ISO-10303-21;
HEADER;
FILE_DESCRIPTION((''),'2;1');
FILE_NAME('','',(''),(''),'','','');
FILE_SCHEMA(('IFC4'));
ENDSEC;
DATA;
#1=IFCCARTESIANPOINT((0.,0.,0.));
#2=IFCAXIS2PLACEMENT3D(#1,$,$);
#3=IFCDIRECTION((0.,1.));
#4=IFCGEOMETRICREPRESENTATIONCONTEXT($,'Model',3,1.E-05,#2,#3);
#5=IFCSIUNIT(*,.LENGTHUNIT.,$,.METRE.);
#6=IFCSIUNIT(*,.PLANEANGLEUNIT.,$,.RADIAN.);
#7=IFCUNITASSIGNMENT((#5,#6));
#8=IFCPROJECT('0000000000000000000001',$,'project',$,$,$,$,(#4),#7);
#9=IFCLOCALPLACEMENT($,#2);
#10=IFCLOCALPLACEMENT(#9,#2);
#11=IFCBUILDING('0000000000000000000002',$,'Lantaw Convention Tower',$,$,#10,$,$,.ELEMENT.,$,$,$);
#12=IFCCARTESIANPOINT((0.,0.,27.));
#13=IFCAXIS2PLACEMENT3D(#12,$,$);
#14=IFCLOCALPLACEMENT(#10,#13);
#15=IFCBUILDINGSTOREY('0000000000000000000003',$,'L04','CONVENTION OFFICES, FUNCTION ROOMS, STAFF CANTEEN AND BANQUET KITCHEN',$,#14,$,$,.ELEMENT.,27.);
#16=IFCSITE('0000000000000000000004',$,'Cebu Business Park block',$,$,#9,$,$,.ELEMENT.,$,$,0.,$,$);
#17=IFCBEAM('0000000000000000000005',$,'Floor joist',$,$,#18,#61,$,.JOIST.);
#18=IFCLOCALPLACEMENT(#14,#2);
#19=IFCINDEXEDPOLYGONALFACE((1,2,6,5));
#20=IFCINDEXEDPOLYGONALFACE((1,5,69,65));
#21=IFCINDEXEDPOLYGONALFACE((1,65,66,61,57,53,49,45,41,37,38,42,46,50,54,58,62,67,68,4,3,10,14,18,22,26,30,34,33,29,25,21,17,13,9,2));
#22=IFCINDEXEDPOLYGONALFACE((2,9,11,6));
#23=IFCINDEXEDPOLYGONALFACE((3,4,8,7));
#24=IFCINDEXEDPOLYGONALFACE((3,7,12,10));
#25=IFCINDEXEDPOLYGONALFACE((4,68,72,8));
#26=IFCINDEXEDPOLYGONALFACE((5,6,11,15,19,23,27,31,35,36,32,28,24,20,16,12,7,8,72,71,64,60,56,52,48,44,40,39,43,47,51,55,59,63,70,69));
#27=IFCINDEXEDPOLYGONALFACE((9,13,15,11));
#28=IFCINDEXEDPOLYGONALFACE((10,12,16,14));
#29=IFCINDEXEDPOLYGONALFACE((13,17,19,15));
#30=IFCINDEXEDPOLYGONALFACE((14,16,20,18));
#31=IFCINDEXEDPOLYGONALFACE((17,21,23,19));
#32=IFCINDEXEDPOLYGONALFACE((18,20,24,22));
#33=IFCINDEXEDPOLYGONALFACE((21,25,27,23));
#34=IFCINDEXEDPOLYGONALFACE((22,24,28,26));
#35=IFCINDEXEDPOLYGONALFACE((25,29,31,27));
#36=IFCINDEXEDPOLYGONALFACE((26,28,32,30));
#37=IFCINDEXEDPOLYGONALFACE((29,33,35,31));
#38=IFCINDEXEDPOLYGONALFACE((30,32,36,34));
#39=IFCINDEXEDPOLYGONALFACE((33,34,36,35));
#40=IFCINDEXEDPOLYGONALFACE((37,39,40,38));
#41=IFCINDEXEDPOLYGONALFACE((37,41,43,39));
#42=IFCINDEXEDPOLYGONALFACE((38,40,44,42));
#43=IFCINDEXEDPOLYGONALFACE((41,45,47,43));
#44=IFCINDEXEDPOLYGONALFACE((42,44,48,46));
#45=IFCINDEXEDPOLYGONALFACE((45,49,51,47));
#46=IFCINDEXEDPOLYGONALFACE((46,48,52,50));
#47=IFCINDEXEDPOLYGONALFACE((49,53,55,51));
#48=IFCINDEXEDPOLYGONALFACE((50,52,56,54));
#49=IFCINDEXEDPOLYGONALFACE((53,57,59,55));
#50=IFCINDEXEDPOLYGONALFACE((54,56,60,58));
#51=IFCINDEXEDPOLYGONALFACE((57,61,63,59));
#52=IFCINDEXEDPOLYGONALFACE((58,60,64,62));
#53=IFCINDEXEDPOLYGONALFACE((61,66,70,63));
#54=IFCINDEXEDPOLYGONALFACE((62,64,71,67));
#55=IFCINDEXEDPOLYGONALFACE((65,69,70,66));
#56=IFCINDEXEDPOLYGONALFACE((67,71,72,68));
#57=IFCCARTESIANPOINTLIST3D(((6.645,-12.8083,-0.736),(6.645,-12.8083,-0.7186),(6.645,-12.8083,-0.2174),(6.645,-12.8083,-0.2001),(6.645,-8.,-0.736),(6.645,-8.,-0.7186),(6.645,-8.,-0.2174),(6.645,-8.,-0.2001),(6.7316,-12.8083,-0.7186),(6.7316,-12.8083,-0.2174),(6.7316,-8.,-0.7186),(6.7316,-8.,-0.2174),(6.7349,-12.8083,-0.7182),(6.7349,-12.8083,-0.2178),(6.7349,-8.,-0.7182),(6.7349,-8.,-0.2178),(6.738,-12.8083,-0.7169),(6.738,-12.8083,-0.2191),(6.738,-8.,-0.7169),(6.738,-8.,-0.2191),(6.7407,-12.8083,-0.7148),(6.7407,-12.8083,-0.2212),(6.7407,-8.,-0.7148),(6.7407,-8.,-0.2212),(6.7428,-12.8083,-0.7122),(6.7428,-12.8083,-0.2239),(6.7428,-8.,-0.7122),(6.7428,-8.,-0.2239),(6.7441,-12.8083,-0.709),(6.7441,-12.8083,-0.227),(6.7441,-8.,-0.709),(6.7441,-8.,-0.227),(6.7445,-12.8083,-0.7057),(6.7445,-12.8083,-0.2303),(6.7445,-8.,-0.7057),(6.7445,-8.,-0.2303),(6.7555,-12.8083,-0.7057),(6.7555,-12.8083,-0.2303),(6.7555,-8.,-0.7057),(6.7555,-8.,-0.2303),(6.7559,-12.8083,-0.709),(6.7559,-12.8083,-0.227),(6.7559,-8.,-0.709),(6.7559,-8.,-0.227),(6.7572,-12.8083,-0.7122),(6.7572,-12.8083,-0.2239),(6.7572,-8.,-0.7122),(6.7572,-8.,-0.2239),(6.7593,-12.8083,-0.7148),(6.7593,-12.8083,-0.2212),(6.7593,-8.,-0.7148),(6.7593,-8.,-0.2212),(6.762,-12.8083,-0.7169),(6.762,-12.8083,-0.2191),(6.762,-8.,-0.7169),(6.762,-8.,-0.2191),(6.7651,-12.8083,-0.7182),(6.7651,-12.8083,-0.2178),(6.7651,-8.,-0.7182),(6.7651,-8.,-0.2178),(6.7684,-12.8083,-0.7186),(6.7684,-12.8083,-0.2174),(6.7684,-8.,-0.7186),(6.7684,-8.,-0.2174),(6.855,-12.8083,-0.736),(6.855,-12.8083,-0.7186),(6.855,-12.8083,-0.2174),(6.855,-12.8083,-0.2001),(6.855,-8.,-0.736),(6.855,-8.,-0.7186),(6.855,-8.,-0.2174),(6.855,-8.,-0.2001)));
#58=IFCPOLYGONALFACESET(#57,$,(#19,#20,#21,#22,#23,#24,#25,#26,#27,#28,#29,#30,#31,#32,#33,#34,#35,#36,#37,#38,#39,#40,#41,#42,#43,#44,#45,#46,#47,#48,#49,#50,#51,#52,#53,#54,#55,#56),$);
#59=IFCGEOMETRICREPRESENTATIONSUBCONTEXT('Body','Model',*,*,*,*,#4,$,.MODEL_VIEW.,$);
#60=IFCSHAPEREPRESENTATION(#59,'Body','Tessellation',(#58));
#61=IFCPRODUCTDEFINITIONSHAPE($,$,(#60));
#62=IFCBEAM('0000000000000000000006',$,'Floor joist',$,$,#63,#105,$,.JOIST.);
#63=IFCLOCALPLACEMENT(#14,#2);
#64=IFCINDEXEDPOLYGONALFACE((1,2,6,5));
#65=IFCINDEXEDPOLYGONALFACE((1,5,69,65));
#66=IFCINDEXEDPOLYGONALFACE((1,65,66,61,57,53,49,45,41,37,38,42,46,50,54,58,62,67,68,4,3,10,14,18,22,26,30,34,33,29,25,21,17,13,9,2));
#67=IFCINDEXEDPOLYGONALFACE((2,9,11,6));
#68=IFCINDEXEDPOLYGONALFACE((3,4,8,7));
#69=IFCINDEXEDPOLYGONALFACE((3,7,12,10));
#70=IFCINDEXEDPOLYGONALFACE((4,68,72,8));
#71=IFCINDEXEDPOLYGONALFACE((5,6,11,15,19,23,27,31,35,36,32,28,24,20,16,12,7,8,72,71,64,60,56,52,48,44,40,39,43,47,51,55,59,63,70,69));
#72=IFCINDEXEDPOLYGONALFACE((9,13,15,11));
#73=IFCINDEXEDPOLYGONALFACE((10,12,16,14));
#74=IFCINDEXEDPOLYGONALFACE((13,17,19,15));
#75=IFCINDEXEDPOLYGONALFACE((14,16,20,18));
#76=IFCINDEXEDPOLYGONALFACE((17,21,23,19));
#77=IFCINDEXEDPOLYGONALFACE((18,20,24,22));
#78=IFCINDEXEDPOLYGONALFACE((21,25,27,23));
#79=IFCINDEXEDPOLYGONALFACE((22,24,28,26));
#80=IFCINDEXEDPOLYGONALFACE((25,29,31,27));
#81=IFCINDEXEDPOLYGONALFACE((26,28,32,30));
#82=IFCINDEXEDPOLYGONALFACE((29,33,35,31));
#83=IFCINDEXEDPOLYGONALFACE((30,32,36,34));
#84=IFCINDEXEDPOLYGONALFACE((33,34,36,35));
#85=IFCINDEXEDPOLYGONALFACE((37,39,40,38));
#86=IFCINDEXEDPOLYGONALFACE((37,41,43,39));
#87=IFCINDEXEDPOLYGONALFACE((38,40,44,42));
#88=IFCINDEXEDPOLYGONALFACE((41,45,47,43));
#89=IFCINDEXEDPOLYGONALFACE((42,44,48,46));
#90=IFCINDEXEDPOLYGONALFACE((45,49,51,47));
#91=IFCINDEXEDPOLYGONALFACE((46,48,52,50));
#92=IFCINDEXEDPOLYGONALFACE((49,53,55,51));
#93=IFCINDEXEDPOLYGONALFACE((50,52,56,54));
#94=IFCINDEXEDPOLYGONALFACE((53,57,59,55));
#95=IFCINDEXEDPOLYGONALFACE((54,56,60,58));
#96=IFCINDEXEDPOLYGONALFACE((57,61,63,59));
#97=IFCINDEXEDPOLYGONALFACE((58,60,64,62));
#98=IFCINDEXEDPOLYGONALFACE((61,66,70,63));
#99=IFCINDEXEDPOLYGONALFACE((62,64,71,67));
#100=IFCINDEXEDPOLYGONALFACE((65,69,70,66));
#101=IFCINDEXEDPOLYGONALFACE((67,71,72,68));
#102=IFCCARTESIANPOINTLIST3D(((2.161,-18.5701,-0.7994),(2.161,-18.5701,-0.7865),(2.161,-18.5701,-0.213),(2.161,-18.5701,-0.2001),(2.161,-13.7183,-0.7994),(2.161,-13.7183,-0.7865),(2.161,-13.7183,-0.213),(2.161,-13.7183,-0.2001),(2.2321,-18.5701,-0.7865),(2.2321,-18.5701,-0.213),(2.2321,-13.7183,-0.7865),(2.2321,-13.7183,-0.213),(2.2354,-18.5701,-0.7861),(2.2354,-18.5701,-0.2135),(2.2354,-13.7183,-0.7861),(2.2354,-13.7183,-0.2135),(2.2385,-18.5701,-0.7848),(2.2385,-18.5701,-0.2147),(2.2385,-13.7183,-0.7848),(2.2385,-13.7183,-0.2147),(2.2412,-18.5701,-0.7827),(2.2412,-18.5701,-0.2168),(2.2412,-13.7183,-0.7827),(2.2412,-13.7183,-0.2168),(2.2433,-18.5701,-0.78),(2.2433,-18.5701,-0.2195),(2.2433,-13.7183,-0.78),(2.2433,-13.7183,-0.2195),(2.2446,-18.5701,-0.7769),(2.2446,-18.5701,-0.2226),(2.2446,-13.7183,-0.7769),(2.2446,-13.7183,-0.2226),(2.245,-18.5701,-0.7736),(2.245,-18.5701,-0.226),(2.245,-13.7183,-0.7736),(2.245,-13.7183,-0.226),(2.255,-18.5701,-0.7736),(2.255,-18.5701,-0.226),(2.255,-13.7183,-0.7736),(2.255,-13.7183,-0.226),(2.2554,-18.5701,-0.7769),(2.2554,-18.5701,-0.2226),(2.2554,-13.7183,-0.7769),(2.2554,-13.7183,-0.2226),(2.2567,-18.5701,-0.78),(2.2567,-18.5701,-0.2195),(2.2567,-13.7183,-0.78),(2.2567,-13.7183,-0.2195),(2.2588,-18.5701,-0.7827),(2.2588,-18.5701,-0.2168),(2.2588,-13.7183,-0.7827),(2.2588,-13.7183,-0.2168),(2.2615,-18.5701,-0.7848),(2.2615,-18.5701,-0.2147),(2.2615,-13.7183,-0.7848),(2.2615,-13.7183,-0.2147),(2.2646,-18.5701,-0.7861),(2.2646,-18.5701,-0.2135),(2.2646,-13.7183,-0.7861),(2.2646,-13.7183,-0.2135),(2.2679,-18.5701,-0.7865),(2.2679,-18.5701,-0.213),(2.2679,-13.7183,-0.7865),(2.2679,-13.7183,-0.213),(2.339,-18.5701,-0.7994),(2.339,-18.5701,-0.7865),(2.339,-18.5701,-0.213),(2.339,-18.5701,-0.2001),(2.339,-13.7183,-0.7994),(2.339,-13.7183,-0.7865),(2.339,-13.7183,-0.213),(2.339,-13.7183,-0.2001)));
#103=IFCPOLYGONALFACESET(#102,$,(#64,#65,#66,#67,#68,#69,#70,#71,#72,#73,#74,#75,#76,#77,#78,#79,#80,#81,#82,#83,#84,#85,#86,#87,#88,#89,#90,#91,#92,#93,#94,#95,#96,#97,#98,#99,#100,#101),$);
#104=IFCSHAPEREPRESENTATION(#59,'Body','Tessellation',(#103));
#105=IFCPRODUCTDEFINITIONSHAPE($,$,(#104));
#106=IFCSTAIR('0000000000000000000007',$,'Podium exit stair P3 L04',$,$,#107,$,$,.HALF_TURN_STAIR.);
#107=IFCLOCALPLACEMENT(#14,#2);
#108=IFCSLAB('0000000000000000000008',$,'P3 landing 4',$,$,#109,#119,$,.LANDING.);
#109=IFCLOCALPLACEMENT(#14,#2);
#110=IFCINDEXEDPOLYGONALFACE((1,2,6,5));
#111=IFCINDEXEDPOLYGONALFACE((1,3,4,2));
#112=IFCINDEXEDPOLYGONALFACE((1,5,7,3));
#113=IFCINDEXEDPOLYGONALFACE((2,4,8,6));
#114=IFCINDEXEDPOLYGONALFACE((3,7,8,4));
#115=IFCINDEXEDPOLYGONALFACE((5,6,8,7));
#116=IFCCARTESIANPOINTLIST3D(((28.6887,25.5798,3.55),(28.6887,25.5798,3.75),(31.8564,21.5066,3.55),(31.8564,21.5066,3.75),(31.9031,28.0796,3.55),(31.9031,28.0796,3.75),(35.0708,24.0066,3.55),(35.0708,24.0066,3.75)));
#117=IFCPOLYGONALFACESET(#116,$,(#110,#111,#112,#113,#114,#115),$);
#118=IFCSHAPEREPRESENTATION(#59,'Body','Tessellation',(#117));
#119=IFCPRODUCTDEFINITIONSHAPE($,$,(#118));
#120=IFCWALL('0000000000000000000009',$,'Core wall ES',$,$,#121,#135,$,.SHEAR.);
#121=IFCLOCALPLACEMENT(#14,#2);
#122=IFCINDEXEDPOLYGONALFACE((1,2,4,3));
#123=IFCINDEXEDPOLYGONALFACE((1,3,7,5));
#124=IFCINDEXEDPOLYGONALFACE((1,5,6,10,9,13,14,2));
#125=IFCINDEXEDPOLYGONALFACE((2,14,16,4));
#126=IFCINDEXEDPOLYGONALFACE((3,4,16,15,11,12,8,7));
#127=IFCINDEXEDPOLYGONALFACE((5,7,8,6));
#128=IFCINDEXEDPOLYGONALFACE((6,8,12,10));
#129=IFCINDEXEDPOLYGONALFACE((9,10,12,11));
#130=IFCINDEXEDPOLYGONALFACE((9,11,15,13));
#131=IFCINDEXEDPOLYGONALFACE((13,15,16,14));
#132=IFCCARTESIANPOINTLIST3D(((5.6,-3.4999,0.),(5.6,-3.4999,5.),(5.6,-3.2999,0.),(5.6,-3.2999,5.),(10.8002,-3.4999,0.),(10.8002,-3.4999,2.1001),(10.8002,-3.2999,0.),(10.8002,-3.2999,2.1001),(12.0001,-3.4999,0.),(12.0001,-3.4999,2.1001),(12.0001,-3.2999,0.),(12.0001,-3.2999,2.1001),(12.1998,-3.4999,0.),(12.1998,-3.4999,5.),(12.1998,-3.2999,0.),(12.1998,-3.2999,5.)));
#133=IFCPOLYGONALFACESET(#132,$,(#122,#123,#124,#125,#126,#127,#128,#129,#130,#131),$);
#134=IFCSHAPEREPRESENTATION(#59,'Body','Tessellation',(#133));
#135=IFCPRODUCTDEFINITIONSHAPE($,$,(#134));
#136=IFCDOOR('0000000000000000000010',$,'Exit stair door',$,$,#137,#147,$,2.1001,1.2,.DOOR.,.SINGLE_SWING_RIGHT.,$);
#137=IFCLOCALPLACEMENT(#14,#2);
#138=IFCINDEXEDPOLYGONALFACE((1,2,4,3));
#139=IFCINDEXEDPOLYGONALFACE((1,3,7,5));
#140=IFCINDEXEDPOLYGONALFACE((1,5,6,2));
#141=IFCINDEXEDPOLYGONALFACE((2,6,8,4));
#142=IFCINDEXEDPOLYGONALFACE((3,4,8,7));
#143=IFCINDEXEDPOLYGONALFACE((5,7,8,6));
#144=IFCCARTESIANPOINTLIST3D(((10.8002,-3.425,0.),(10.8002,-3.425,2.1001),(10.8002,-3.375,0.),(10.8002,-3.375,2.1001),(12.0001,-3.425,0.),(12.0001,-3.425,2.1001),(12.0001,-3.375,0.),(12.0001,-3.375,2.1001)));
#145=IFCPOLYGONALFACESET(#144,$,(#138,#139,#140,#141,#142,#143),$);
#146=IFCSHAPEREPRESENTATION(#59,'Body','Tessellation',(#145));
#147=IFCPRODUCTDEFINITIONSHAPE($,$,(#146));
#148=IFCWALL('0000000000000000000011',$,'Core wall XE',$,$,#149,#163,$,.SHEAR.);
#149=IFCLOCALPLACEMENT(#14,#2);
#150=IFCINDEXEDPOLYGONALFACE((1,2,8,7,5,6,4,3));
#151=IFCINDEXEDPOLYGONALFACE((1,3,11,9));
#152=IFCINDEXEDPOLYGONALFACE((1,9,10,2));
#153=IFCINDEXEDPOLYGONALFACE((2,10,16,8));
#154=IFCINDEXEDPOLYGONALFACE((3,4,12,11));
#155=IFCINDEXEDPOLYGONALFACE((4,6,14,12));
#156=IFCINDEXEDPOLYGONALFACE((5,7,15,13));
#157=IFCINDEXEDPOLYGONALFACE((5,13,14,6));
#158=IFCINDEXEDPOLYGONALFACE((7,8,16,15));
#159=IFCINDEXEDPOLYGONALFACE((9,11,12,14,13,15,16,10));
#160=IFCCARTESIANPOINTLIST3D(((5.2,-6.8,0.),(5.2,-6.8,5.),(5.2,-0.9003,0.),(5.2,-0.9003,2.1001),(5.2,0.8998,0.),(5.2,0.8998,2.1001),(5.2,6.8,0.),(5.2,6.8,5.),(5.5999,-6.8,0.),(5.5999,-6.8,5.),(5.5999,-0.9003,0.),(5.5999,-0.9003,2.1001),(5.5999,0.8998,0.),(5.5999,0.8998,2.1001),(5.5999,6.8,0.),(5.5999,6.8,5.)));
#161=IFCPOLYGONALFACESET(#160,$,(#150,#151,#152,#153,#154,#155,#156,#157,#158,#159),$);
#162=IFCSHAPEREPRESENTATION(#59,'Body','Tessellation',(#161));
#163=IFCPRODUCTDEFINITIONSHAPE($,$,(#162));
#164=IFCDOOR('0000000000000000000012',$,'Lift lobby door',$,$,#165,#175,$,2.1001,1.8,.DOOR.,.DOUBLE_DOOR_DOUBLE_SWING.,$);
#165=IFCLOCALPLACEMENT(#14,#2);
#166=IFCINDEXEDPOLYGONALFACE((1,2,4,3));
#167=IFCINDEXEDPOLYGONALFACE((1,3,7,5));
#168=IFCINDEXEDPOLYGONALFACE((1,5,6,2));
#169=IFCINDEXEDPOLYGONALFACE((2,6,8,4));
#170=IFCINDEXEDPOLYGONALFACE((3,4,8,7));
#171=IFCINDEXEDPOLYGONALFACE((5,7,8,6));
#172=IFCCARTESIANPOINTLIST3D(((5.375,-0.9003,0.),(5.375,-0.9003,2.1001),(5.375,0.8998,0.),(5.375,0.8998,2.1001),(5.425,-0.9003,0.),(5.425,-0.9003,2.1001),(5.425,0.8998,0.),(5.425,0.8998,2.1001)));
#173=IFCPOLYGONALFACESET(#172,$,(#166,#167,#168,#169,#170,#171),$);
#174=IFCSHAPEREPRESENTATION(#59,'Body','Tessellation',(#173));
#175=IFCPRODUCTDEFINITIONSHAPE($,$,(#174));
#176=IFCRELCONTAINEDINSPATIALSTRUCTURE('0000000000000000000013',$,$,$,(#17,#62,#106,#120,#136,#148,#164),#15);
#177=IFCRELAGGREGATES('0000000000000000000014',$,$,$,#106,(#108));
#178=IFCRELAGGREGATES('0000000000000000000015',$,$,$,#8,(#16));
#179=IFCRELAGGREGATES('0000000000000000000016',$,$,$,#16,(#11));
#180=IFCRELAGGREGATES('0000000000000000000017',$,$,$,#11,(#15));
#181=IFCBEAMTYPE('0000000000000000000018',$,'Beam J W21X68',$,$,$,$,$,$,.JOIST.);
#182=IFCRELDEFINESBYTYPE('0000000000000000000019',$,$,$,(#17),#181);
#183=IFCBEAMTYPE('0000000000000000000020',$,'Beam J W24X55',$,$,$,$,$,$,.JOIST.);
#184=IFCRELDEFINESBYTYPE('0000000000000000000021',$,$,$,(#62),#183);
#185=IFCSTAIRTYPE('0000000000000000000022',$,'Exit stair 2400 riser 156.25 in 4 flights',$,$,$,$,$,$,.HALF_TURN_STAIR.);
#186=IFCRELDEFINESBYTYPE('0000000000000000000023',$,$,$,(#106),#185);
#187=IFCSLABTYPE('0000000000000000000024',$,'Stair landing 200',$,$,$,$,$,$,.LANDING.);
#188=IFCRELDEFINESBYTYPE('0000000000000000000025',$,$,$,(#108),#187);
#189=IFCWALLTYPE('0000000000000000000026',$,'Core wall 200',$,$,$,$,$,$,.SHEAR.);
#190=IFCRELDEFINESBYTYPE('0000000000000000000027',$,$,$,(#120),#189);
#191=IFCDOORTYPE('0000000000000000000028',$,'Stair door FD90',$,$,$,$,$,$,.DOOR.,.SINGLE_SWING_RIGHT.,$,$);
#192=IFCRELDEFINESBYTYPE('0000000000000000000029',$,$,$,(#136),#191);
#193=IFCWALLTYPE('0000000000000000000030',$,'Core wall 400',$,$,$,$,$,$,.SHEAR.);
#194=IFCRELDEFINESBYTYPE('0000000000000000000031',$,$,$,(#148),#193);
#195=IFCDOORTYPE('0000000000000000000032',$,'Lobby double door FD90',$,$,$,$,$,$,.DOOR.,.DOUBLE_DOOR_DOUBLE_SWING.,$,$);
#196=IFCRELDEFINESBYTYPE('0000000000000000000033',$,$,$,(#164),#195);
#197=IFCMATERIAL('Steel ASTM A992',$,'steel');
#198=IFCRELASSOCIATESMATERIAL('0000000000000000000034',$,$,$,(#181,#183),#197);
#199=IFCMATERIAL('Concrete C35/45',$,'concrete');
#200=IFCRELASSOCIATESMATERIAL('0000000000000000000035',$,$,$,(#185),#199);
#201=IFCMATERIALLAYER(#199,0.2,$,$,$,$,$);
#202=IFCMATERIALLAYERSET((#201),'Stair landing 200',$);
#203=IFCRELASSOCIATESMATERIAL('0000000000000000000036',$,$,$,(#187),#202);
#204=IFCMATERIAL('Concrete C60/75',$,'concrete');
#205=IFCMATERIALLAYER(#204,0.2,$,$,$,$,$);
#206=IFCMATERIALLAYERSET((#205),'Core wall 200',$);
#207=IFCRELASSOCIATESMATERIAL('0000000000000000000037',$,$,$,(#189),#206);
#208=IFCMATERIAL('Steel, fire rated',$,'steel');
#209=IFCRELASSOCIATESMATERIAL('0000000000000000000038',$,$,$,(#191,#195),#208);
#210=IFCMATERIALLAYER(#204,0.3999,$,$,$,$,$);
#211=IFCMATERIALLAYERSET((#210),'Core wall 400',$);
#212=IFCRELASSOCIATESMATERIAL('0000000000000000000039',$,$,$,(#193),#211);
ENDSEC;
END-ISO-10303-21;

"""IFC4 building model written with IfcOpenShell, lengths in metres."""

from ifc_helpers import new_model, si_unit, direction, frame, frame_2d, origin, origin_2d, place, context, subcontext, project, spatial, polyline, rectangle, i_section, outline, extrude, material, layer, layer_set, material_profile, profile_set, type_object, element, fill, aggregate, save


model = new_model("IFC4")

# Units and contexts
model_context = context("Model", 3, precision=1e-05, world=origin(), true_north=direction((0.0, 1.0)))
body_context = subcontext(model_context, "Body", "Model", "MODEL_VIEW")
ifc_project = project(units=[si_unit("LENGTHUNIT", "METRE"), si_unit("PLANEANGLEUNIT", "RADIAN")], contexts=[model_context])

# Site, building, storey
site_placement = place(None, origin())
site = spatial("IfcSite", under=ifc_project, at=site_placement, Name="Cebu Business Park block", CompositionType="ELEMENT", RefElevation=0.0)
building_placement = place(site_placement, origin())
building = spatial("IfcBuilding", under=site, at=building_placement, Name="Lantaw Convention Tower", CompositionType="ELEMENT")
storey_placement = place(building_placement, frame((0.0, 0.0, 27.0)))
storey = spatial("IfcBuildingStorey", under=building, at=storey_placement, Name="L04", Description="CONVENTION OFFICES, FUNCTION ROOMS, STAFF CANTEEN AND BANQUET KITCHEN", CompositionType="ELEMENT", Elevation=27.0)

# Beams
ifc_material_1 = material(Name="Steel ASTM A992", Category="steel")
ifc_material_profile_1 = material_profile(ifc_material_1, i_section(OverallWidth=0.21, OverallDepth=0.5359, WebThickness=0.011, FlangeThickness=0.0173, FilletRadius=0.0129, at=origin_2d()), Name="W21X68")
ifc_profile_set_1 = profile_set([ifc_material_profile_1], Name="Steel ASTM A992")
beam_type_1 = type_object("IfcBeamType", Name="Beam J W21X68", PredefinedType="JOIST", material=ifc_profile_set_1)
beam_1_placement = place(storey_placement, frame((6.75, -12.8083, -0.468), z_axis=(0.0, 1.0, 0.0), x_axis=(-1.0, 0.0, 0.0)))
element("IfcBeam", 1, at=beam_1_placement, inside=storey, type_object=beam_type_1, Name="Floor joist", PredefinedType="JOIST", context=body_context, shape_type="SweptSolid", body=[
    extrude(i_section(OverallWidth=0.21, OverallDepth=0.5359, WebThickness=0.011, FlangeThickness=0.0173, FilletRadius=0.0129, at=origin_2d()), origin(), (0.0, 0.0, 1.0), 4.8083),
])
ifc_material_profile_2 = material_profile(ifc_material_1, i_section(OverallWidth=0.178, OverallDepth=0.5994, WebThickness=0.01, FlangeThickness=0.0129, FilletRadius=0.0129, at=origin_2d()), Name="W24X55")
ifc_profile_set_2 = profile_set([ifc_material_profile_2], Name="Steel ASTM A992")
beam_type_2 = type_object("IfcBeamType", Name="Beam J W24X55", PredefinedType="JOIST", material=ifc_profile_set_2)
beam_2_placement = place(storey_placement, frame((2.25, -18.5701, -0.4998), z_axis=(0.0, 1.0, 0.0), x_axis=(-1.0, 0.0, 0.0)))
element("IfcBeam", 2, at=beam_2_placement, inside=storey, type_object=beam_type_2, Name="Floor joist", PredefinedType="JOIST", context=body_context, shape_type="SweptSolid", body=[
    extrude(i_section(OverallWidth=0.178, OverallDepth=0.5994, WebThickness=0.01, FlangeThickness=0.0129, FilletRadius=0.0129, at=origin_2d()), origin(), (0.0, 0.0, 1.0), 4.8518),
])

# Stair, slab
ifc_material_2 = material(Name="Concrete C35/45", Category="concrete")
stair_type = type_object("IfcStairType", Name="Exit stair 2400 riser 156.25 in 4 flights", PredefinedType="HALF_TURN_STAIR", material=ifc_material_2)
stair_placement = place(storey_placement, origin())
stair = element("IfcStair", 3, at=stair_placement, inside=storey, type_object=stair_type, Name="Podium exit stair P3 L04", PredefinedType="HALF_TURN_STAIR")
ifc_layer_1 = layer(ifc_material_2, 0.2)
ifc_layer_set_1 = layer_set([ifc_layer_1], Name="Stair landing 200")
slab_type = type_object("IfcSlabType", Name="Stair landing 200", PredefinedType="LANDING", material=ifc_layer_set_1)
slab_placement = place(storey_placement, frame((0.0, 0.0, 3.55)))
slab = element("IfcSlab", 4, at=slab_placement, type_object=slab_type, Name="P3 landing 4", PredefinedType="LANDING", context=body_context, shape_type="SweptSolid", body=[
    extrude(outline(polyline([(31.8564, 21.5066), (35.0708, 24.0066), (31.9031, 28.0796), (28.6887, 25.5798), (31.8564, 21.5066)])), origin(), (0.0, 0.0, 1.0), 0.2),
])
aggregate(stair, [slab])

# Walls, openings, doors
ifc_material_3 = material(Name="Concrete C60/75", Category="concrete")
ifc_layer_2 = layer(ifc_material_3, 0.2)
ifc_layer_set_2 = layer_set([ifc_layer_2], Name="Core wall 200")
wall_type_1 = type_object("IfcWallType", Name="Core wall 200", PredefinedType="SHEAR", material=ifc_layer_set_2)
wall_1_placement = place(storey_placement, frame((5.6001, -3.3999, 0.0), z_axis=(0.0, 0.0, 1.0), x_axis=(1.0, 0.0, 0.0)))
wall_1 = element("IfcWall", 5, at=wall_1_placement, inside=storey, type_object=wall_type_1, Name="Core wall ES", PredefinedType="SHEAR", context=body_context, shape_type="SweptSolid", body=[
    extrude(rectangle(XDim=6.5999, YDim=0.2, at=frame_2d((3.2998, 0.0))), origin(), (0.0, 0.0, 1.0), 5.0),
])
opening_1_placement = place(wall_1_placement, frame((5.2, 0.0, 0.0)))
opening_1 = element("IfcOpeningElement", 6, at=opening_1_placement, cuts=wall_1, PredefinedType="OPENING", context=body_context, shape_type="SweptSolid", body=[
    extrude(rectangle(XDim=1.2, YDim=2.1001, at=frame_2d((0.6001, 1.05))), frame((0.0, 0.1099, 0.0), z_axis=(0.0, -1.0, 0.0), x_axis=(1.0, 0.0, 0.0)), (0.0, 0.0, 1.0), 0.22),
])
ifc_material_4 = material(Name="Steel, fire rated", Category="steel")
door_type_1 = type_object("IfcDoorType", Name="Stair door FD90", OperationType="SINGLE_SWING_RIGHT", PredefinedType="DOOR", material=ifc_material_4)
door_1_placement = place(opening_1_placement, origin())
door_1 = element("IfcDoor", 7, at=door_1_placement, inside=storey, type_object=door_type_1, Name="Exit stair door", OperationType="SINGLE_SWING_RIGHT", OverallHeight=2.1001, OverallWidth=1.2, PredefinedType="DOOR", context=body_context, shape_type="SweptSolid", body=[
    extrude(rectangle(XDim=1.2, YDim=2.1001, at=frame_2d((0.6001, 1.05))), frame((0.0, 0.0249, 0.0), z_axis=(0.0, -1.0, 0.0), x_axis=(1.0, 0.0, 0.0)), (0.0, 0.0, 1.0), 0.05),
])
fill(opening_1, door_1)
ifc_layer_3 = layer(ifc_material_3, 0.3999)
ifc_layer_set_3 = layer_set([ifc_layer_3], Name="Core wall 400")
wall_type_2 = type_object("IfcWallType", Name="Core wall 400", PredefinedType="SHEAR", material=ifc_layer_set_3)
wall_2_placement = place(storey_placement, frame((5.3999, -6.8, 0.0), z_axis=(0.0, 0.0, 1.0), x_axis=(0.0, 1.0, 0.0)))
wall_2 = element("IfcWall", 8, at=wall_2_placement, inside=storey, type_object=wall_type_2, Name="Core wall XE", PredefinedType="SHEAR", context=body_context, shape_type="SweptSolid", body=[
    extrude(rectangle(XDim=13.6001, YDim=0.3999, at=frame_2d((6.8, 0.0))), origin(), (0.0, 0.0, 1.0), 5.0),
])
opening_2_placement = place(wall_2_placement, frame((5.8999, 0.0, 0.0)))
opening_2 = element("IfcOpeningElement", 9, at=opening_2_placement, cuts=wall_2, PredefinedType="OPENING", context=body_context, shape_type="SweptSolid", body=[
    extrude(rectangle(XDim=1.8, YDim=2.1001, at=frame_2d((0.8999, 1.05))), frame((0.0, 0.21, 0.0), z_axis=(0.0, -1.0, 0.0), x_axis=(1.0, 0.0, 0.0)), (0.0, 0.0, 1.0), 0.4199),
])
door_type_2 = type_object("IfcDoorType", Name="Lobby double door FD90", OperationType="DOUBLE_DOOR_DOUBLE_SWING", PredefinedType="DOOR", material=ifc_material_4)
door_2_placement = place(opening_2_placement, origin())
door_2 = element("IfcDoor", 10, at=door_2_placement, inside=storey, type_object=door_type_2, Name="Lift lobby door", OperationType="DOUBLE_DOOR_DOUBLE_SWING", OverallHeight=2.1001, OverallWidth=1.8, PredefinedType="DOOR", context=body_context, shape_type="SweptSolid", body=[
    extrude(rectangle(XDim=1.8, YDim=2.1001, at=frame_2d((0.8999, 1.05))), frame((0.0, 0.0249, 0.0), z_axis=(0.0, -1.0, 0.0), x_axis=(1.0, 0.0, 0.0)), (0.0, 0.0, 1.0), 0.05),
])
fill(opening_2, door_2)

save(model, "model.ifc")
